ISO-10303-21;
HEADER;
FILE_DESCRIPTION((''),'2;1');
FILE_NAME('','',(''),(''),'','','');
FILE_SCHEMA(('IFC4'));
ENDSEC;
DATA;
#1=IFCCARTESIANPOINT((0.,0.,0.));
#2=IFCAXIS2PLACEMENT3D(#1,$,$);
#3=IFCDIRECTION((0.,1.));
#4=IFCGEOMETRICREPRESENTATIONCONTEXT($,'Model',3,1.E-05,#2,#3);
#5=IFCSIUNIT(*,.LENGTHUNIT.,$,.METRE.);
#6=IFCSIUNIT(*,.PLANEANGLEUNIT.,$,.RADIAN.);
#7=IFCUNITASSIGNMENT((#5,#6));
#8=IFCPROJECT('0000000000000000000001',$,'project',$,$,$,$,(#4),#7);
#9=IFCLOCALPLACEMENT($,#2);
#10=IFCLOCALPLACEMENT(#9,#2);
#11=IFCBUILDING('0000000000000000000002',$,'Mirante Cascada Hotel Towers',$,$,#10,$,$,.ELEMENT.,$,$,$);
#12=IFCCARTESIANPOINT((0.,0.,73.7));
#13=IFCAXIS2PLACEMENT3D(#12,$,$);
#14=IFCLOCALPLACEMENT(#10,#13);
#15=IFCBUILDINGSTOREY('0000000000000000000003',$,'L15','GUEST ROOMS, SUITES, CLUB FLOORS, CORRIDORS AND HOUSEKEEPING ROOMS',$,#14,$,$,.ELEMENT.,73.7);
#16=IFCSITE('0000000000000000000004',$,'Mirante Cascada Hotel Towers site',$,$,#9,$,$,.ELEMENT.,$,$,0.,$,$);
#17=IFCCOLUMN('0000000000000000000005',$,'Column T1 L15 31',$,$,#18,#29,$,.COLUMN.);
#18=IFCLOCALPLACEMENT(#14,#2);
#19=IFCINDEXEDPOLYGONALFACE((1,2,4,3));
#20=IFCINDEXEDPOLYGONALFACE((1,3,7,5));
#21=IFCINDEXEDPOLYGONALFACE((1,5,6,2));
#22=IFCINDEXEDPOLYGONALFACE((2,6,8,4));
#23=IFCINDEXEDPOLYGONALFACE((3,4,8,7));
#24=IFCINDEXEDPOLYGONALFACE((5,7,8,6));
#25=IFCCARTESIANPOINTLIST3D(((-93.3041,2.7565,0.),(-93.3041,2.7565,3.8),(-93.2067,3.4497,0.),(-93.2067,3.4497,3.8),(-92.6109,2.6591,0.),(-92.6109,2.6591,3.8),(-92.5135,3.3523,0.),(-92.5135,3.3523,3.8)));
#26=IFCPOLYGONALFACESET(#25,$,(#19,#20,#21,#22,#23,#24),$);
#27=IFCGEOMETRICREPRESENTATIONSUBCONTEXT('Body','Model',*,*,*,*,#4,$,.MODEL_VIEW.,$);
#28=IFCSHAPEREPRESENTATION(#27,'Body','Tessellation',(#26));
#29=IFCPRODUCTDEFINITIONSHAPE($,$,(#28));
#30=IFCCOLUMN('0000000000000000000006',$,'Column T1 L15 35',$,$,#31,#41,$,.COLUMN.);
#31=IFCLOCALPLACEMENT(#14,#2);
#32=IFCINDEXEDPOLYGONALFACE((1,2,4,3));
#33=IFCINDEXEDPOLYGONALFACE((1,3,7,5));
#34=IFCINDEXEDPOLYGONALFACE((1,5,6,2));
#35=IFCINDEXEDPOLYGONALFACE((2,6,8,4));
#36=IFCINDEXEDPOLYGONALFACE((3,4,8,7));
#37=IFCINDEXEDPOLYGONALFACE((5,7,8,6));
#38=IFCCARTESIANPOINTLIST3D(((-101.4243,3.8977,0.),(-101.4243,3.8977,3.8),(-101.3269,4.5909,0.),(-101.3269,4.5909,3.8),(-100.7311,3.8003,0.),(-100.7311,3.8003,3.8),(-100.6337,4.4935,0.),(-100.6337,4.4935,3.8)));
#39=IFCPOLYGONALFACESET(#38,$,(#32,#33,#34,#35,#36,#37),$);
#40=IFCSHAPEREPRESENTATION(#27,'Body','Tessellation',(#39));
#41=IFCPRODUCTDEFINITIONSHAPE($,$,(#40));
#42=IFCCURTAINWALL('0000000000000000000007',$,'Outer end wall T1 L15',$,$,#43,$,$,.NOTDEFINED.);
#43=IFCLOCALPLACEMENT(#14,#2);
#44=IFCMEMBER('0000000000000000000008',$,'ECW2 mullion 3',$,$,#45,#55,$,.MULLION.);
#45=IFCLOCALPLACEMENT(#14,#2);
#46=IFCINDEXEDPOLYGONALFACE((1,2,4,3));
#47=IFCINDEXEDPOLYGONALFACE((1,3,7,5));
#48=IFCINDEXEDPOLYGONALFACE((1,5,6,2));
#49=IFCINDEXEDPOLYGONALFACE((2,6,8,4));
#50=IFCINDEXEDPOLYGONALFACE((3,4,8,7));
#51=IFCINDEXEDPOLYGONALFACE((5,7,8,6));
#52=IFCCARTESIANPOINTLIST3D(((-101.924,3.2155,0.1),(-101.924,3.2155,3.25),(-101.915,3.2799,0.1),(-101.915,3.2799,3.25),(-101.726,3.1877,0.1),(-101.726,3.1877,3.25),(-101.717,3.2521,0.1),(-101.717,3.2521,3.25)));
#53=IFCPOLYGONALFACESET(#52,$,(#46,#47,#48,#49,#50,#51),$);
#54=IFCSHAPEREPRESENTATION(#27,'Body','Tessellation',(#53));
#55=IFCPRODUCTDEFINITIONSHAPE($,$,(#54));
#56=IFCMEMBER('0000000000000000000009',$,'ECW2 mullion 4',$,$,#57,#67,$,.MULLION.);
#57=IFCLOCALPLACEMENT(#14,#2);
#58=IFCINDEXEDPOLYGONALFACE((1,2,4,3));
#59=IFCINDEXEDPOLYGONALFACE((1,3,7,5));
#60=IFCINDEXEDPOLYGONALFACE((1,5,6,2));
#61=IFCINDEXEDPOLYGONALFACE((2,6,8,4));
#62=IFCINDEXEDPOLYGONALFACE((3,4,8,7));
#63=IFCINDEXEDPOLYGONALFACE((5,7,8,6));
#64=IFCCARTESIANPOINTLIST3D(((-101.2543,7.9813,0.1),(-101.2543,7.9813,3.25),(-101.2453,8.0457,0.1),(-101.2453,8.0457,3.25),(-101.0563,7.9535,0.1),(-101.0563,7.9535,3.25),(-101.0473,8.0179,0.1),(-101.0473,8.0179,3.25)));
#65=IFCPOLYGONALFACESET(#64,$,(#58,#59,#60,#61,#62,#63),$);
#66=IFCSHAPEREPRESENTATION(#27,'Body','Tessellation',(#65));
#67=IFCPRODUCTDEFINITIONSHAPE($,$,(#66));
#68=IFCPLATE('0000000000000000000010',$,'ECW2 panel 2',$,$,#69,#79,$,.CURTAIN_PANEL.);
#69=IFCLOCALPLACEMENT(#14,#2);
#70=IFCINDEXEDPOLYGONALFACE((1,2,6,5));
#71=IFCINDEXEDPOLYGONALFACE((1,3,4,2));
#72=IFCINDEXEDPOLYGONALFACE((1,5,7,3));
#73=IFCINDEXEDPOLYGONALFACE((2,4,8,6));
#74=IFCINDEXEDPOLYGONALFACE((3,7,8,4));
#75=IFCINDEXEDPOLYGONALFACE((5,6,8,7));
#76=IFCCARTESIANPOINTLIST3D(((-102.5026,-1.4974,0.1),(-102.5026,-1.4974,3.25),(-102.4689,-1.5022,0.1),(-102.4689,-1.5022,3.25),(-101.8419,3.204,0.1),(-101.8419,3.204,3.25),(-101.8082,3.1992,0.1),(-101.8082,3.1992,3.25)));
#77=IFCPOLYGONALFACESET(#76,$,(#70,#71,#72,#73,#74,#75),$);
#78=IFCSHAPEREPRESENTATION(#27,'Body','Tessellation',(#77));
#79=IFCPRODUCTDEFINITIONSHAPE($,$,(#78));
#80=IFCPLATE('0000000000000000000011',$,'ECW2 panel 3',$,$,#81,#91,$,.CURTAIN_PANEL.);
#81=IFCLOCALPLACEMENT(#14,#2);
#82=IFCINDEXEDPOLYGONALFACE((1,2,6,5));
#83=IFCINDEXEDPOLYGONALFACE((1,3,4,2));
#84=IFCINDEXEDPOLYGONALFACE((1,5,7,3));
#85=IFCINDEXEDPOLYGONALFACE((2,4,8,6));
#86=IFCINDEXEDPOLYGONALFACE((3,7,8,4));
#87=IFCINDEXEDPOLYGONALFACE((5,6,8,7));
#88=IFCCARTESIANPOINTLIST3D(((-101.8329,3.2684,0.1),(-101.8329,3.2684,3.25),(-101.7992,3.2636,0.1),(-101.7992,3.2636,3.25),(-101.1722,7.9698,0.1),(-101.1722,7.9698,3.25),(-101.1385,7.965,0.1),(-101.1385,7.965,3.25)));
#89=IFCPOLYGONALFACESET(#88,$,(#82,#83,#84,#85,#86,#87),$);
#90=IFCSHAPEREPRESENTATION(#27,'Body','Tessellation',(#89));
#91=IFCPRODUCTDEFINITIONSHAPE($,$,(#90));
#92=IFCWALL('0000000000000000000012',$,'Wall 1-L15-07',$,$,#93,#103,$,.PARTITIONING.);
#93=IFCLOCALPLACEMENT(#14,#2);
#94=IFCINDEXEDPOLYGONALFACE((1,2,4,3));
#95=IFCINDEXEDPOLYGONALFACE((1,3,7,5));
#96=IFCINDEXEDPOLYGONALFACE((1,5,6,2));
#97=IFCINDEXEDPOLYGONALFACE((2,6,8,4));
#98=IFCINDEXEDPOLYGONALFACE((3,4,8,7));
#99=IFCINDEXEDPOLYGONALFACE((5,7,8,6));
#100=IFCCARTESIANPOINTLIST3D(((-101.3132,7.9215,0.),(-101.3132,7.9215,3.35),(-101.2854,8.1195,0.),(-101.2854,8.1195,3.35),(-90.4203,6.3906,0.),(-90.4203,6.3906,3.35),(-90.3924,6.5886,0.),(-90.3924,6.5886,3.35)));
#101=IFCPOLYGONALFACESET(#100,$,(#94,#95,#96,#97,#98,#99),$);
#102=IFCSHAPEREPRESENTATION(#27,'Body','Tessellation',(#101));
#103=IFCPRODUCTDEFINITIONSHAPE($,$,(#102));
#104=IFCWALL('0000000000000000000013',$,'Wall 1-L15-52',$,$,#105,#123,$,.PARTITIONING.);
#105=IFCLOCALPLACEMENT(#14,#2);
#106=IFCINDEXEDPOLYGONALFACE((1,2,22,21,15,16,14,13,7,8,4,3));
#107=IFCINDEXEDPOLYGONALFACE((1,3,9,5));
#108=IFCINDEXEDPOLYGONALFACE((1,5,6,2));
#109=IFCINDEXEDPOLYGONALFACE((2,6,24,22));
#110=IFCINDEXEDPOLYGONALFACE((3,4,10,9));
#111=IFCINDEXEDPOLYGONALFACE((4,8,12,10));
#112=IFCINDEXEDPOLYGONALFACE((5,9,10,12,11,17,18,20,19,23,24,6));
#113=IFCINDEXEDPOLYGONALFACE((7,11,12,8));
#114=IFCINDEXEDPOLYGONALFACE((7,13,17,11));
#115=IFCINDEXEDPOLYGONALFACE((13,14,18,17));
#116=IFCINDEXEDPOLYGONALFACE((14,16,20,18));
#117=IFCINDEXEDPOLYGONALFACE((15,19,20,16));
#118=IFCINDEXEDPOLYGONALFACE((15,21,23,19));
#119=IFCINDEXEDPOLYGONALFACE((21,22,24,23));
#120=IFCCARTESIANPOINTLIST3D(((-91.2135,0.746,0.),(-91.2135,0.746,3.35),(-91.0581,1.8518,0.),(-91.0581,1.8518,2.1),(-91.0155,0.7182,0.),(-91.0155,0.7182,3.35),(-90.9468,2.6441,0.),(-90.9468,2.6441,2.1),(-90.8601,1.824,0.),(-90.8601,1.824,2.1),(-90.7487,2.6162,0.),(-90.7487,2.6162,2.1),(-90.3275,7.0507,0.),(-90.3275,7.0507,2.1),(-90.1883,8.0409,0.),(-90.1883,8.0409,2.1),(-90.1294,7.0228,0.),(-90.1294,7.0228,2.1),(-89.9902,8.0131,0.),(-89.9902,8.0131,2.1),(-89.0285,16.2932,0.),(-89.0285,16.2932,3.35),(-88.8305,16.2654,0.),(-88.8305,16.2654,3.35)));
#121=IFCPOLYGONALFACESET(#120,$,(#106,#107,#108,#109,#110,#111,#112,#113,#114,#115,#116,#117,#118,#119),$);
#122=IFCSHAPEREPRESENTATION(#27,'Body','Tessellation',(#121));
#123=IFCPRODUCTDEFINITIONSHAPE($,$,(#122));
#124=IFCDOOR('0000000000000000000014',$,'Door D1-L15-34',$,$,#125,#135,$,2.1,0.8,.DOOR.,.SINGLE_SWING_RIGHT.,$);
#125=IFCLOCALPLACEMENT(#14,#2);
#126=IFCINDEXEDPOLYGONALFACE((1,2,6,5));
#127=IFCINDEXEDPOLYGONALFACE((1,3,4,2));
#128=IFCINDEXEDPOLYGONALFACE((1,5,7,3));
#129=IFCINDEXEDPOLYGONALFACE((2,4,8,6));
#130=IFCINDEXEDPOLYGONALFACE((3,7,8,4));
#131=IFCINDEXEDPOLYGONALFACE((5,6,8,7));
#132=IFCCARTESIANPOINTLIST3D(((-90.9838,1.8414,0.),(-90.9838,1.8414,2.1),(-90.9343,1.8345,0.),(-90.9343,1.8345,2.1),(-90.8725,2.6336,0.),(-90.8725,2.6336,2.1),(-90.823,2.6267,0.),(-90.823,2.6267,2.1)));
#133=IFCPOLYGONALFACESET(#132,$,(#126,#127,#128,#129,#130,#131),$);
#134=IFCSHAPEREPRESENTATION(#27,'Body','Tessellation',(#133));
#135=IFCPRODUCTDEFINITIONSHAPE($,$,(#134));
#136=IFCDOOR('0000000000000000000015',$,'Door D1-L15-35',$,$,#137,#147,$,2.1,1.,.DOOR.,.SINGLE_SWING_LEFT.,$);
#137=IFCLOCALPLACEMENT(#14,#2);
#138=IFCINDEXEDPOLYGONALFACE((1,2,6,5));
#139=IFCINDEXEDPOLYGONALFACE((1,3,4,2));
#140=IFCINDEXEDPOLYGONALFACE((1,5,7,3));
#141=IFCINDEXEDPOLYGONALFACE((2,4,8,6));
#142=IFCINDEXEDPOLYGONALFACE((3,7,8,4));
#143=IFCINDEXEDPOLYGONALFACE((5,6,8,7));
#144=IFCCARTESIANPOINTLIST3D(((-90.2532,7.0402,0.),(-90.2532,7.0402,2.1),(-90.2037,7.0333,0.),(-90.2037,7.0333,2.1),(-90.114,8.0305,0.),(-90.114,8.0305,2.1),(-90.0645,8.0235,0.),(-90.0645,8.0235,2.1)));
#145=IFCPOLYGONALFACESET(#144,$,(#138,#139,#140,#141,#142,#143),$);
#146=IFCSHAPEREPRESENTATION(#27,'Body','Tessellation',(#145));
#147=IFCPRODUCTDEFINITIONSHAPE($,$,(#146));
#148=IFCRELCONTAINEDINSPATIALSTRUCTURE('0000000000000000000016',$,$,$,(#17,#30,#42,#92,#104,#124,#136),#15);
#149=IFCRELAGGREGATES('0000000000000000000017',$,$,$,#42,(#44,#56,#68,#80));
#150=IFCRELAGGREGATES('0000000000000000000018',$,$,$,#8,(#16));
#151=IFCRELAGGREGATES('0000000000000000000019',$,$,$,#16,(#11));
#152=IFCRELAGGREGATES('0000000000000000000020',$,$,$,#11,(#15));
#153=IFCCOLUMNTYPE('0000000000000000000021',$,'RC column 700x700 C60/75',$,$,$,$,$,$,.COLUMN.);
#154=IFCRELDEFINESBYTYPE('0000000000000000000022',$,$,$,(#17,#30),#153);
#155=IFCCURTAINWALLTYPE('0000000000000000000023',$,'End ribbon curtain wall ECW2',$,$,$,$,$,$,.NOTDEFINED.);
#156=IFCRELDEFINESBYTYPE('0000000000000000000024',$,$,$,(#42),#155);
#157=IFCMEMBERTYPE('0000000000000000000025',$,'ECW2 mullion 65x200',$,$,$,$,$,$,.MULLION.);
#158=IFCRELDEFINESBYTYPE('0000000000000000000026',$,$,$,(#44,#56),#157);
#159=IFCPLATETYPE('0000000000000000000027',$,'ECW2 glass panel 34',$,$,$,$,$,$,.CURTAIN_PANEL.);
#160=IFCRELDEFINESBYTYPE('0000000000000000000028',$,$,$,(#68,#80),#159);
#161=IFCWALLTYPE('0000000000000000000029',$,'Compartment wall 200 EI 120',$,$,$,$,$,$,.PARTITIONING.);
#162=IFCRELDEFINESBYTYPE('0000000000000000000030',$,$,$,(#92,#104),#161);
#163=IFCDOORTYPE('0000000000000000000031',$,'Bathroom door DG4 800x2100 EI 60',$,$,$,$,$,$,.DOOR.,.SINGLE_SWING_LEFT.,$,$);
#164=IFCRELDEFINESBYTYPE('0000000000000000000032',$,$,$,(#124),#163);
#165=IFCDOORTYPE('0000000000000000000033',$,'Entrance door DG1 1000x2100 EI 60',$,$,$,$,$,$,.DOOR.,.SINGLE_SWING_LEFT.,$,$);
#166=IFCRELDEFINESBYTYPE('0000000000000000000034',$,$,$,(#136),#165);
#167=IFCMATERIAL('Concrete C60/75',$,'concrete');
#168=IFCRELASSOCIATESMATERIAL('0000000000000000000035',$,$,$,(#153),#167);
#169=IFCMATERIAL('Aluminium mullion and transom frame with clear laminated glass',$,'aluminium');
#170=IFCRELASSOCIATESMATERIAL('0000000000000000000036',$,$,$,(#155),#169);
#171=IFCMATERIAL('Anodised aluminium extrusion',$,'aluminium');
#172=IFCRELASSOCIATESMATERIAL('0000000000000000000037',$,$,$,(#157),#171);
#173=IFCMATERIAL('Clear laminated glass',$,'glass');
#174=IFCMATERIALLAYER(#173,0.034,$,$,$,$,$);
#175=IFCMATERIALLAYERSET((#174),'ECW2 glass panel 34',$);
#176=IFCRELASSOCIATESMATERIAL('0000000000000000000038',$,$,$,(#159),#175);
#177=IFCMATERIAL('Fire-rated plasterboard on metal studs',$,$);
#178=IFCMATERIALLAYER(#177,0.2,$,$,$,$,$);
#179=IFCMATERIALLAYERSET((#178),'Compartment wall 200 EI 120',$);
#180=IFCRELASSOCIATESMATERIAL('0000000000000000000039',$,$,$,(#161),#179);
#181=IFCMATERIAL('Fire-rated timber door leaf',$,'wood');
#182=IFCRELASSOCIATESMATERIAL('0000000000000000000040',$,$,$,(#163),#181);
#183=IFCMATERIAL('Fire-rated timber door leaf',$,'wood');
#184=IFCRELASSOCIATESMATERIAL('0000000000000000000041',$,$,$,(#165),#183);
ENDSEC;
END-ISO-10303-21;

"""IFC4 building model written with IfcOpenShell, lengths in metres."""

from ifc_helpers import new_model, si_unit, direction, frame, frame_2d, origin, origin_2d, place, context, subcontext, project, spatial, rectangle, extrude, material, layer, layer_set, material_profile, profile_set, type_object, element, fill, aggregate, save


model = new_model("IFC4")

# Units and contexts
model_context = context("Model", 3, precision=1e-05, world=origin(), true_north=direction((0.0, 1.0)))
body_context = subcontext(model_context, "Body", "Model", "MODEL_VIEW")
ifc_project = project(units=[si_unit("LENGTHUNIT", "METRE"), si_unit("PLANEANGLEUNIT", "RADIAN")], contexts=[model_context])

# Site, building, storey
site_placement = place(None, origin())
site = spatial("IfcSite", under=ifc_project, at=site_placement, Name="Mirante Cascada Hotel Towers site", CompositionType="ELEMENT", RefElevation=0.0)
building_placement = place(site_placement, origin())
building = spatial("IfcBuilding", under=site, at=building_placement, Name="Mirante Cascada Hotel Towers", CompositionType="ELEMENT")
storey_placement = place(building_placement, frame((0.0, 0.0, 73.7)))
storey = spatial("IfcBuildingStorey", under=building, at=storey_placement, Name="L15", Description="GUEST ROOMS, SUITES, CLUB FLOORS, CORRIDORS AND HOUSEKEEPING ROOMS", CompositionType="ELEMENT", Elevation=73.7)

# Columns
ifc_material_1 = material(Name="Concrete C60/75", Category="concrete")
ifc_material_profile_1 = material_profile(ifc_material_1, rectangle(XDim=0.7, YDim=0.7, at=origin_2d()), Name="RC column 700x700 C60/75")
ifc_profile_set_1 = profile_set([ifc_material_profile_1], Name="Concrete C60/75")
column_type = type_object("IfcColumnType", Name="RC column 700x700 C60/75", PredefinedType="COLUMN", material=ifc_profile_set_1)
for number, where, z_axis, x_axis, name in (
    (1, (-92.9088, 3.0544, 0.0), (0.0, 0.0, 1.0), (-0.990268, 0.139173, 0.0), "Column T1 L15 31"),
    (2, (-101.029, 4.1956, 0.0), (0.0, 0.0, 1.0), (-0.990268, 0.139173, 0.0), "Column T1 L15 35"),
):
    element("IfcColumn", number, at=place(storey_placement, frame(where, z_axis=z_axis, x_axis=x_axis)), inside=storey, type_object=column_type, Name=name, PredefinedType="COLUMN", context=body_context, shape_type="SweptSolid", body=[
        extrude(rectangle(XDim=0.7, YDim=0.7, at=origin_2d()), origin(), (0.0, 0.0, 1.0), 3.8),
    ])

# Curtain wall, members, plates
ifc_material_2 = material(Name="Aluminium mullion and transom frame with clear laminated glass", Category="aluminium")
curtain_wall_type = type_object("IfcCurtainWallType", Name="End ribbon curtain wall ECW2", PredefinedType="NOTDEFINED", material=ifc_material_2)
curtain_wall_placement = place(storey_placement, origin())
curtain_wall = element("IfcCurtainWall", 3, at=curtain_wall_placement, inside=storey, type_object=curtain_wall_type, Name="Outer end wall T1 L15", PredefinedType="NOTDEFINED")
ifc_material_3 = material(Name="Anodised aluminium extrusion", Category="aluminium")
ifc_material_profile_2 = material_profile(ifc_material_3, rectangle(XDim=0.2, YDim=0.065, at=origin_2d()), Name="ECW2 MULLION 65x200")
ifc_profile_set_2 = profile_set([ifc_material_profile_2], Name="Anodised aluminium extrusion")
member_type = type_object("IfcMemberType", Name="ECW2 mullion 65x200", PredefinedType="MULLION", material=ifc_profile_set_2)
member_1_placement = place(storey_placement, frame((-101.8205, 3.2338, 0.1), z_axis=(0.0, 0.0, 1.0), x_axis=(-0.990268, 0.139173, 0.0)))
member_1 = element("IfcMember", 4, at=member_1_placement, type_object=member_type, Name="ECW2 mullion 3", PredefinedType="MULLION", context=body_context, shape_type="SweptSolid", body=[
    extrude(rectangle(XDim=0.2, YDim=0.065, at=origin_2d()), origin(), (0.0, 0.0, 1.0), 3.15),
])
member_2_placement = place(storey_placement, frame((-101.1508, 7.9996, 0.1), z_axis=(0.0, 0.0, 1.0), x_axis=(-0.990268, 0.139173, 0.0)))
member_2 = element("IfcMember", 5, at=member_2_placement, type_object=member_type, Name="ECW2 mullion 4", PredefinedType="MULLION", context=body_context, shape_type="SweptSolid", body=[
    extrude(rectangle(XDim=0.2, YDim=0.065, at=origin_2d()), origin(), (0.0, 0.0, 1.0), 3.15),
])
ifc_material_4 = material(Name="Clear laminated glass", Category="glass")
ifc_layer_1 = layer(ifc_material_4, 0.034)
ifc_layer_set_1 = layer_set([ifc_layer_1], Name="ECW2 glass panel 34")
plate_type = type_object("IfcPlateType", Name="ECW2 glass panel 34", PredefinedType="CURTAIN_PANEL", material=ifc_layer_set_1)
plate_1_placement = place(storey_placement, frame((-102.1554, 0.8509, 0.1), z_axis=(0.0, 0.0, 1.0), x_axis=(0.139173, 0.990268, 0.0)))
plate_1 = element("IfcPlate", 6, at=plate_1_placement, type_object=plate_type, Name="ECW2 panel 2", PredefinedType="CURTAIN_PANEL", context=body_context, shape_type="SweptSolid", body=[
    extrude(rectangle(XDim=4.7476, YDim=0.034, at=origin_2d()), origin(), (0.0, 0.0, 1.0), 3.15),
])
plate_2_placement = place(storey_placement, frame((-101.4857, 5.6167, 0.1), z_axis=(0.0, 0.0, 1.0), x_axis=(0.139173, 0.990268, 0.0)))
plate_2 = element("IfcPlate", 7, at=plate_2_placement, type_object=plate_type, Name="ECW2 panel 3", PredefinedType="CURTAIN_PANEL", context=body_context, shape_type="SweptSolid", body=[
    extrude(rectangle(XDim=4.7476, YDim=0.034, at=origin_2d()), origin(), (0.0, 0.0, 1.0), 3.15),
])
aggregate(curtain_wall, [member_1, member_2, plate_1, plate_2])

# Wall
ifc_material_5 = material(Name="Fire-rated plasterboard on metal studs")
ifc_layer_2 = layer(ifc_material_5, 0.2)
ifc_layer_set_2 = layer_set([ifc_layer_2], Name="Compartment wall 200 EI 120")
wall_type_1 = type_object("IfcWallType", Name="Compartment wall 200 EI 120", PredefinedType="PARTITIONING", material=ifc_layer_set_2)
wall_1_placement = place(storey_placement, frame((-101.2993, 8.0205, 0.0), z_axis=(0.0, 0.0, 1.0), x_axis=(0.990268, -0.139173, 0.0)))
element("IfcWall", 8, at=wall_1_placement, inside=storey, type_object=wall_type_1, Name="Wall 1-L15-07", PredefinedType="PARTITIONING", context=body_context, shape_type="SweptSolid", body=[
    extrude(rectangle(XDim=11.0, YDim=0.2, at=frame_2d((5.5, 0.0))), origin(), (0.0, 0.0, 1.0), 3.35),
])

# Wall, openings, doors
wall_2_placement = place(storey_placement, frame((-91.1145, 0.7321, 0.0), z_axis=(0.0, 0.0, 1.0), x_axis=(0.139172, 0.990268, 0.0)))
wall_2 = element("IfcWall", 9, at=wall_2_placement, inside=storey, type_object=wall_type_1, Name="Wall 1-L15-52", PredefinedType="PARTITIONING", context=body_context, shape_type="SweptSolid", body=[
    extrude(rectangle(XDim=15.7, YDim=0.2, at=frame_2d((7.85, 0.0))), origin(), (0.0, 0.0, 1.0), 3.35),
])
opening_1_placement = place(wall_2_placement, frame((1.1167, 0.0, 0.0)))
opening_1 = element("IfcOpeningElement", 10, at=opening_1_placement, cuts=wall_2, PredefinedType="OPENING", context=body_context, shape_type="SweptSolid", body=[
    extrude(rectangle(XDim=0.8, YDim=2.1, at=frame_2d((0.4, 1.05))), frame((0.0, 0.1, 0.0), z_axis=(0.0, -1.0, 0.0), x_axis=(1.0, 0.0, 0.0)), (0.0, 0.0, 1.0), 0.2),
])
opening_2_placement = place(wall_2_placement, frame((6.3666, 0.0, 0.0)))
opening_2 = element("IfcOpeningElement", 11, at=opening_2_placement, cuts=wall_2, PredefinedType="OPENING", context=body_context, shape_type="SweptSolid", body=[
    extrude(rectangle(XDim=1.0, YDim=2.1, at=frame_2d((0.5, 1.05))), frame((0.0, 0.1, 0.0), z_axis=(0.0, -1.0, 0.0), x_axis=(1.0, 0.0, 0.0)), (0.0, 0.0, 1.0), 0.2),
])
ifc_material_6 = material(Name="Fire-rated timber door leaf", Category="wood")
door_type_1 = type_object("IfcDoorType", Name="Bathroom door DG4 800x2100 EI 60", OperationType="SINGLE_SWING_LEFT", PredefinedType="DOOR", material=ifc_material_6)
door_1_placement = place(opening_1_placement, frame((0.8, 0.0, 0.0), z_axis=(0.0, 0.0, 1.0), x_axis=(-1.0, 0.0, 0.0)))
door_1 = element("IfcDoor", 12, at=door_1_placement, inside=storey, type_object=door_type_1, Name="Door D1-L15-34", OperationType="SINGLE_SWING_RIGHT", OverallHeight=2.1, OverallWidth=0.8, PredefinedType="DOOR", context=body_context, shape_type="SweptSolid", body=[
    extrude(rectangle(XDim=0.8, YDim=2.1, at=frame_2d((0.4, 1.05))), frame((0.0, 0.025, 0.0), z_axis=(0.0, -1.0, 0.0), x_axis=(1.0, 0.0, 0.0)), (0.0, 0.0, 1.0), 0.05),
])
fill(opening_1, door_1)
ifc_material_7 = material(Name="Fire-rated timber door leaf", Category="wood")
door_type_2 = type_object("IfcDoorType", Name="Entrance door DG1 1000x2100 EI 60", OperationType="SINGLE_SWING_LEFT", PredefinedType="DOOR", material=ifc_material_7)
door_2_placement = place(opening_2_placement, origin())
door_2 = element("IfcDoor", 13, at=door_2_placement, inside=storey, type_object=door_type_2, Name="Door D1-L15-35", OperationType="SINGLE_SWING_LEFT", OverallHeight=2.1, OverallWidth=1.0, PredefinedType="DOOR", context=body_context, shape_type="SweptSolid", body=[
    extrude(rectangle(XDim=1.0, YDim=2.1, at=frame_2d((0.5, 1.05))), frame((0.0, 0.025, 0.0), z_axis=(0.0, -1.0, 0.0), x_axis=(1.0, 0.0, 0.0)), (0.0, 0.0, 1.0), 0.05),
])
fill(opening_2, door_2)

save(model, "model.ifc")
